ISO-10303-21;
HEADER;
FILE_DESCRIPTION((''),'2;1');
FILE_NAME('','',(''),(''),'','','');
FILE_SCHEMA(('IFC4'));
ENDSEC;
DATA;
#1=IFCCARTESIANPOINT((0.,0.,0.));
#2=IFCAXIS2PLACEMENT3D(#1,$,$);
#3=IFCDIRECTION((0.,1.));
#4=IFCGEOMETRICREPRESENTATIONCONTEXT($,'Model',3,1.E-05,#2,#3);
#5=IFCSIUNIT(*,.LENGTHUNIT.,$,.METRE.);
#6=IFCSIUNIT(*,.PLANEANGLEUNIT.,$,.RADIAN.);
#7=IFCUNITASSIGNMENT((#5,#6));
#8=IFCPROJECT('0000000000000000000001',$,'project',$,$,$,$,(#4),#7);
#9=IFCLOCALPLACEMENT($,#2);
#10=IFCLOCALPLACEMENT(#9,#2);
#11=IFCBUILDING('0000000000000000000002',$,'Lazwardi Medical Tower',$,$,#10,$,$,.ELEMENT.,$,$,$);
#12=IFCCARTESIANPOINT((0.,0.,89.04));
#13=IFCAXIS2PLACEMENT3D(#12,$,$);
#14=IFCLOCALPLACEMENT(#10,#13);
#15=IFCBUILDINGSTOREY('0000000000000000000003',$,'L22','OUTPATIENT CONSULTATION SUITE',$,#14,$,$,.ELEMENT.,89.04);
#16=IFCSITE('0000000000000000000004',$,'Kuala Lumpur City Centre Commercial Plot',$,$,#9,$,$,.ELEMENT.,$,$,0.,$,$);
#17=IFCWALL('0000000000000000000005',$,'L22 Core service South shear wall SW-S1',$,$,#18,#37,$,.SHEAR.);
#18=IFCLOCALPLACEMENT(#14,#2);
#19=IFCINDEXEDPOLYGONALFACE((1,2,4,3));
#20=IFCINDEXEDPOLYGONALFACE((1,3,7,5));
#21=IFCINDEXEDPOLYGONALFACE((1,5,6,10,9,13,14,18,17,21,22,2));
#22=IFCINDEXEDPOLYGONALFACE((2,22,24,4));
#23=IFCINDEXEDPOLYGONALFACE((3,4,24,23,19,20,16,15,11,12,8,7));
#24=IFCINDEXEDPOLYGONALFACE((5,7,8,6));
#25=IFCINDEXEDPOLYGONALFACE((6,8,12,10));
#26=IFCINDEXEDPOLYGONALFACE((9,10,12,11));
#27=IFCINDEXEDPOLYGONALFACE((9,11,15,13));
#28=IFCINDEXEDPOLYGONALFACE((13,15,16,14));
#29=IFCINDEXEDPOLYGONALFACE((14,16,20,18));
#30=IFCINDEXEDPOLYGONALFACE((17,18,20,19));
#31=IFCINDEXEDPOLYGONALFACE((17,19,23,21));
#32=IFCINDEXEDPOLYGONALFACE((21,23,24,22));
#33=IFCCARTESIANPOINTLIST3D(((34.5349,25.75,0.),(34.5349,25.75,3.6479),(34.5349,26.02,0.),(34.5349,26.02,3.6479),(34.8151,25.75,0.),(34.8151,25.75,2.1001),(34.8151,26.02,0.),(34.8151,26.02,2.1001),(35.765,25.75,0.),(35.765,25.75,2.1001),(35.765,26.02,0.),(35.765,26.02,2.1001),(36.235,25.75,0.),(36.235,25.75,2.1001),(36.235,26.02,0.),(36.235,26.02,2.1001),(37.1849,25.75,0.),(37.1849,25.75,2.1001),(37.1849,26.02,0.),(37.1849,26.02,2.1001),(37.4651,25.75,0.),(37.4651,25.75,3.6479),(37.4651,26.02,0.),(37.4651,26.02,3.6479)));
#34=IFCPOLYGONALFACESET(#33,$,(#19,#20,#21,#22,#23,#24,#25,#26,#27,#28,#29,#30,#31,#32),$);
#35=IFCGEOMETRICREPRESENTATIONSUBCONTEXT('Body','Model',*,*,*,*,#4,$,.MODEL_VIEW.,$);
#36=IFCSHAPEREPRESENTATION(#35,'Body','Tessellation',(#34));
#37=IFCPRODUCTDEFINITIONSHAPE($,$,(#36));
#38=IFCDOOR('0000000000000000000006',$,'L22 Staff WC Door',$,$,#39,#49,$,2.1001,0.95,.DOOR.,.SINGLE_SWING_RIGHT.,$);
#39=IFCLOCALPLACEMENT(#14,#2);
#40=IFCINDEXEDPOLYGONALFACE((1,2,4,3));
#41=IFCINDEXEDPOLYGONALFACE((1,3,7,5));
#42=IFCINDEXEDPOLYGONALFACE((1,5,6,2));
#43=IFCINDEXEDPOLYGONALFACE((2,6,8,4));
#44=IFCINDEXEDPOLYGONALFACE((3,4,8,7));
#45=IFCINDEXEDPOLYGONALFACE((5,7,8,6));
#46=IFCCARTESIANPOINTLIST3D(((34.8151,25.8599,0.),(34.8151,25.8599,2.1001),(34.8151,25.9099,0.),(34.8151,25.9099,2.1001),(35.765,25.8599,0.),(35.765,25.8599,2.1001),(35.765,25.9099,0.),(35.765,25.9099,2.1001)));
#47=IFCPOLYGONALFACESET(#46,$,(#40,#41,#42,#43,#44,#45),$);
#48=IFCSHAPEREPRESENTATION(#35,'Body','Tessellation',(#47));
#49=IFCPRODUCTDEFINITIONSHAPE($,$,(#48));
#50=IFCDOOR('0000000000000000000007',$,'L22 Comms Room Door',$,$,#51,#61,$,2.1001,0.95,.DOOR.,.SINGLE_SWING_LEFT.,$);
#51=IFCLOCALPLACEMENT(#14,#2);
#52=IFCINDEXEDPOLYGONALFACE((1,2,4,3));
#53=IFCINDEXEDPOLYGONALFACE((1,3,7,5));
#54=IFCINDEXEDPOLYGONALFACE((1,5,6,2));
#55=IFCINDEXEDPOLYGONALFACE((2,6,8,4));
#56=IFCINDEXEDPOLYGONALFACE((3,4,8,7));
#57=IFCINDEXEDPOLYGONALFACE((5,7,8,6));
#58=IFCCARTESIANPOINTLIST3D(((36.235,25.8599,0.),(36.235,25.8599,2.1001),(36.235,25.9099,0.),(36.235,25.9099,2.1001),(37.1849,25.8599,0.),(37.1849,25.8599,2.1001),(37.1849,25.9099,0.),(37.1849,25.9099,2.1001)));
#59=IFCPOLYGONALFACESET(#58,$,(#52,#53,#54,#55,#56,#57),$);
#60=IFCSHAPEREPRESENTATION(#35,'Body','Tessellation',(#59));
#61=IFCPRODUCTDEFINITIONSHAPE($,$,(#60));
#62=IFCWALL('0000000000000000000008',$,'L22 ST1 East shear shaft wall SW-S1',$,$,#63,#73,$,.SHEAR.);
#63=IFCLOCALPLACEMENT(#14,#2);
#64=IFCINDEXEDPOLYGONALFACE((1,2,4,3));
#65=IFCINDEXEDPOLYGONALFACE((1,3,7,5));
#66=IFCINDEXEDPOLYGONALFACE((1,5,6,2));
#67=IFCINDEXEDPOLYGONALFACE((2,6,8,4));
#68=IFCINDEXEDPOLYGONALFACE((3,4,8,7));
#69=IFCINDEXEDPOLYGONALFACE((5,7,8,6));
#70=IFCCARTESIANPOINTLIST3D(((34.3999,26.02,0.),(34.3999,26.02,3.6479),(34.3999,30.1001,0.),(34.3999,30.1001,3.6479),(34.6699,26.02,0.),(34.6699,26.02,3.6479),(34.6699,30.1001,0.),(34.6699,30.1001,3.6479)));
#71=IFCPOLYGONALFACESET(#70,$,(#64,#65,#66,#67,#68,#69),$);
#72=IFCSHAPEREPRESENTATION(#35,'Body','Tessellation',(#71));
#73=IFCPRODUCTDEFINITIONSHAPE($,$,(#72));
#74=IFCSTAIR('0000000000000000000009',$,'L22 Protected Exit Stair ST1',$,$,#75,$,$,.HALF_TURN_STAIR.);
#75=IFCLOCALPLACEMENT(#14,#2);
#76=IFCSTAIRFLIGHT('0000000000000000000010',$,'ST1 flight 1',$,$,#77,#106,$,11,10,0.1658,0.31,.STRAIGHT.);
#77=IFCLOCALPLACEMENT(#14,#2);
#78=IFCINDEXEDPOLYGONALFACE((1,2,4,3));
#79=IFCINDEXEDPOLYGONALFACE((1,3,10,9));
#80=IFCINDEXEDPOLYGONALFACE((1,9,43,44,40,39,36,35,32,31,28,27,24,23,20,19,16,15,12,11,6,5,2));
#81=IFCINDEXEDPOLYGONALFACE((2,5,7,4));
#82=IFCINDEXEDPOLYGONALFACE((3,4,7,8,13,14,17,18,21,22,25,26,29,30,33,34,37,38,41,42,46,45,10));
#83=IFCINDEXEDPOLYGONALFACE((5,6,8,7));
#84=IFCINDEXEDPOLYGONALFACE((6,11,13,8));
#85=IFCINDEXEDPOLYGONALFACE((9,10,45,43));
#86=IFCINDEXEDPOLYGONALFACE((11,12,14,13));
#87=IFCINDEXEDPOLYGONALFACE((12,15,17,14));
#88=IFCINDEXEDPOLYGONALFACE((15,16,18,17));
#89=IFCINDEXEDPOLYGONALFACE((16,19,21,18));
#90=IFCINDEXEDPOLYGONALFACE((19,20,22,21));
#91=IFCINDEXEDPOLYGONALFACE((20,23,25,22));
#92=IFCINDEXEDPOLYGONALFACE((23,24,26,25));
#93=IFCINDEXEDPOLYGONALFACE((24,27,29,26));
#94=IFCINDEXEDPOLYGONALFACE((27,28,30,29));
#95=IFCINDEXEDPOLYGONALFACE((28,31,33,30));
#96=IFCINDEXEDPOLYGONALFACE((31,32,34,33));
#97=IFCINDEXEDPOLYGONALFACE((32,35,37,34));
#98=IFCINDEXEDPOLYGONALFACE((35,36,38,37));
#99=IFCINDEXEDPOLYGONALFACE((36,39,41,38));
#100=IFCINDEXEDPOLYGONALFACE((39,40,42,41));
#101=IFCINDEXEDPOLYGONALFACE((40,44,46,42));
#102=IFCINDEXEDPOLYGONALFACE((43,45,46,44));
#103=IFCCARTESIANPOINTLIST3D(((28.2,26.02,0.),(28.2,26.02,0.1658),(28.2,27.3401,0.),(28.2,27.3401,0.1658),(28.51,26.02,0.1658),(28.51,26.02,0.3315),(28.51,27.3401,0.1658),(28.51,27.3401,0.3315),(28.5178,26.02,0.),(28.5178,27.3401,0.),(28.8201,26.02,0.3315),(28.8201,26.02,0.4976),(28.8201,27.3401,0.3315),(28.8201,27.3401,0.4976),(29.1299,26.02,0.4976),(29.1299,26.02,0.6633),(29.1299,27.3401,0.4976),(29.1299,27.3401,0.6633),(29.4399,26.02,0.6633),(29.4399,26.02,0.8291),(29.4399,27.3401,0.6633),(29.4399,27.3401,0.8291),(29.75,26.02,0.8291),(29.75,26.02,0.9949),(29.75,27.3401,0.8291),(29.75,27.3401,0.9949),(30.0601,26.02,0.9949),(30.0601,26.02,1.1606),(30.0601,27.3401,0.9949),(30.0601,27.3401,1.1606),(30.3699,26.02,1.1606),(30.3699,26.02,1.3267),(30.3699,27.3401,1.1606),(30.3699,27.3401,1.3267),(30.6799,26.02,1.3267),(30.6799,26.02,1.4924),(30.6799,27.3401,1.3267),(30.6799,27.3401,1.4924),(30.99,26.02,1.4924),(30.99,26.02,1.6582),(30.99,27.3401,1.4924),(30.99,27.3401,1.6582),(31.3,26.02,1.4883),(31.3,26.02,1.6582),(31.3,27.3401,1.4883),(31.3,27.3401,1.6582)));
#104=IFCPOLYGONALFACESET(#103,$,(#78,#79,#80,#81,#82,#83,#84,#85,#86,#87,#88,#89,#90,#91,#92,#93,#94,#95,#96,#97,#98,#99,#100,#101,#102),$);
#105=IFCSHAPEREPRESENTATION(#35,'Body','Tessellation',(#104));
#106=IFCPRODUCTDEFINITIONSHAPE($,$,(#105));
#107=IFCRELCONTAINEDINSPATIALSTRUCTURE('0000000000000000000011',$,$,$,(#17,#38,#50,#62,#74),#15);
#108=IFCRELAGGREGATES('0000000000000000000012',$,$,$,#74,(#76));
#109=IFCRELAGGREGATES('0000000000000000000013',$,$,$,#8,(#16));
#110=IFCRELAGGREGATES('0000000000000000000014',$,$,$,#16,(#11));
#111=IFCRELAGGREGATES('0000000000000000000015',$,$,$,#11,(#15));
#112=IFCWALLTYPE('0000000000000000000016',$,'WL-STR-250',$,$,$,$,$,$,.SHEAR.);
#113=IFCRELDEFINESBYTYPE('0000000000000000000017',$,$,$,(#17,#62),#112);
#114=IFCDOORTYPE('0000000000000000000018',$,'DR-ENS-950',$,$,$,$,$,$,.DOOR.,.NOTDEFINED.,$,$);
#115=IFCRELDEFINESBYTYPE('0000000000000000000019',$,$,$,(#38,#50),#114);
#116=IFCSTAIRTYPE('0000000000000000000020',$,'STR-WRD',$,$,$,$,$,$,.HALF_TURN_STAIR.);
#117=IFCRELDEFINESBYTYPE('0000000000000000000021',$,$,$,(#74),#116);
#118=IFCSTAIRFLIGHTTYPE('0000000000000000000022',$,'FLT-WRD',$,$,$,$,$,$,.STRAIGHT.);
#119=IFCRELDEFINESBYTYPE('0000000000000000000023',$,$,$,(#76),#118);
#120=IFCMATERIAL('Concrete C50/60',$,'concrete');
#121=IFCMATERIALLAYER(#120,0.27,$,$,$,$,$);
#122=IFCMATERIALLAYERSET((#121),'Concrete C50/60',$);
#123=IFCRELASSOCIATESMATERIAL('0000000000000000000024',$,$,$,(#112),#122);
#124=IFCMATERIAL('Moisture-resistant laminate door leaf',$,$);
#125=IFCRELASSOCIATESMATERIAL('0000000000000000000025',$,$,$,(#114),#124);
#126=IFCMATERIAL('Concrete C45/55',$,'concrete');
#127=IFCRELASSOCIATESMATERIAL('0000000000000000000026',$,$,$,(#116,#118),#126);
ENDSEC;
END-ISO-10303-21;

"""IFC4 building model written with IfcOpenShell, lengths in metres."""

from ifc_helpers import new_model, si_unit, direction, frame, frame_2d, origin, place, context, subcontext, project, spatial, polyline, rectangle, outline, extrude, material, layer, layer_set, type_object, element, fill, aggregate, save


model = new_model("IFC4")

# Units and contexts
model_context = context("Model", 3, precision=1e-05, world=origin(), true_north=direction((0.0, 1.0)))
body_context = subcontext(model_context, "Body", "Model", "MODEL_VIEW")
ifc_project = project(units=[si_unit("LENGTHUNIT", "METRE"), si_unit("PLANEANGLEUNIT", "RADIAN")], contexts=[model_context])

# Site, building, storey
site_placement = place(None, origin())
site = spatial("IfcSite", under=ifc_project, at=site_placement, Name="Kuala Lumpur City Centre Commercial Plot", CompositionType="ELEMENT", RefElevation=0.0)
building_placement = place(site_placement, origin())
building = spatial("IfcBuilding", under=site, at=building_placement, Name="Lazwardi Medical Tower", CompositionType="ELEMENT")
storey_placement = place(building_placement, frame((0.0, 0.0, 89.04)))
storey = spatial("IfcBuildingStorey", under=building, at=storey_placement, Name="L22", Description="OUTPATIENT CONSULTATION SUITE", CompositionType="ELEMENT", Elevation=89.04)

# Shared definitions
ifc_material_1 = material(Name="Concrete C50/60", Category="concrete")
ifc_layer_1 = layer(ifc_material_1, 0.27)
ifc_layer_set_1 = layer_set([ifc_layer_1], Name="Concrete C50/60")
wall_type_1 = type_object("IfcWallType", Name="WL-STR-250", PredefinedType="SHEAR", material=ifc_layer_set_1)

# Wall, openings, doors
wall_1_placement = place(storey_placement, frame((34.5349, 25.885, 0.0), z_axis=(0.0, 0.0, 1.0), x_axis=(1.0, 0.0, 0.0)))
wall_1 = element("IfcWall", 1, at=wall_1_placement, inside=storey, type_object=wall_type_1, Name="L22 Core service South shear wall SW-S1", PredefinedType="SHEAR", context=body_context, shape_type="SweptSolid", body=[
    extrude(rectangle(XDim=2.9302, YDim=0.27, at=frame_2d((1.4651, 0.0))), origin(), (0.0, 0.0, 1.0), 3.6479),
])
opening_1_placement = place(wall_1_placement, frame((0.28, 0.0, 0.0)))
opening_1 = element("IfcOpeningElement", 2, at=opening_1_placement, cuts=wall_1, PredefinedType="OPENING", context=body_context, shape_type="SweptSolid", body=[
    extrude(rectangle(XDim=0.95, YDim=2.1001, at=frame_2d((0.4751, 1.05))), frame((0.0, 0.145, 0.0), z_axis=(0.0, -1.0, 0.0), x_axis=(1.0, 0.0, 0.0)), (0.0, 0.0, 1.0), 0.29),
])
opening_2_placement = place(wall_1_placement, frame((1.7, 0.0, 0.0)))
opening_2 = element("IfcOpeningElement", 3, at=opening_2_placement, cuts=wall_1, PredefinedType="OPENING", context=body_context, shape_type="SweptSolid", body=[
    extrude(rectangle(XDim=0.95, YDim=2.1001, at=frame_2d((0.4751, 1.05))), frame((0.0, 0.145, 0.0), z_axis=(0.0, -1.0, 0.0), x_axis=(1.0, 0.0, 0.0)), (0.0, 0.0, 1.0), 0.29),
])
ifc_material_2 = material(Name="Moisture-resistant laminate door leaf")
door_type_1 = type_object("IfcDoorType", Name="DR-ENS-950", OperationType="NOTDEFINED", PredefinedType="DOOR", material=ifc_material_2)
door_1_placement = place(opening_1_placement, origin())
door_1 = element("IfcDoor", 4, at=door_1_placement, inside=storey, type_object=door_type_1, Name="L22 Staff WC Door", OperationType="SINGLE_SWING_RIGHT", OverallHeight=2.1001, OverallWidth=0.95, PredefinedType="DOOR", context=body_context, shape_type="SweptSolid", body=[
    extrude(rectangle(XDim=0.95, YDim=2.1001, at=frame_2d((0.4751, 1.05))), frame((0.0, 0.0249, 0.0), z_axis=(0.0, -1.0, 0.0), x_axis=(1.0, 0.0, 0.0)), (0.0, 0.0, 1.0), 0.05),
])
fill(opening_1, door_1)
door_2_placement = place(opening_2_placement, origin())
door_2 = element("IfcDoor", 5, at=door_2_placement, inside=storey, type_object=door_type_1, Name="L22 Comms Room Door", OperationType="SINGLE_SWING_LEFT", OverallHeight=2.1001, OverallWidth=0.95, PredefinedType="DOOR", context=body_context, shape_type="SweptSolid", body=[
    extrude(rectangle(XDim=0.95, YDim=2.1001, at=frame_2d((0.4751, 1.05))), frame((0.0, 0.0249, 0.0), z_axis=(0.0, -1.0, 0.0), x_axis=(1.0, 0.0, 0.0)), (0.0, 0.0, 1.0), 0.05),
])
fill(opening_2, door_2)

# Wall
wall_2_placement = place(storey_placement, frame((34.5349, 26.02, 0.0), z_axis=(0.0, 0.0, 1.0), x_axis=(0.0, 1.0, 0.0)))
element("IfcWall", 6, at=wall_2_placement, inside=storey, type_object=wall_type_1, Name="L22 ST1 East shear shaft wall SW-S1", PredefinedType="SHEAR", context=body_context, shape_type="SweptSolid", body=[
    extrude(rectangle(XDim=4.0801, YDim=0.27, at=frame_2d((2.04, 0.0))), origin(), (0.0, 0.0, 1.0), 3.6479),
])

# Stair, stair flight
ifc_material_3 = material(Name="Concrete C45/55", Category="concrete")
stair_type = type_object("IfcStairType", Name="STR-WRD", PredefinedType="HALF_TURN_STAIR", material=ifc_material_3)
stair_placement = place(storey_placement, origin())
stair = element("IfcStair", 7, at=stair_placement, inside=storey, type_object=stair_type, Name="L22 Protected Exit Stair ST1", PredefinedType="HALF_TURN_STAIR")
stair_flight_type = type_object("IfcStairFlightType", Name="FLT-WRD", PredefinedType="STRAIGHT", material=ifc_material_3)
stair_flight_placement = place(storey_placement, frame((28.2, 26.6799, 0.0), z_axis=(0.0, 0.0, 1.0), x_axis=(1.0, 0.0, 0.0)))
stair_flight = element("IfcStairFlight", 8, at=stair_flight_placement, type_object=stair_flight_type, Name="ST1 flight 1", NumberOfRisers=11, NumberOfTreads=10, PredefinedType="STRAIGHT", RiserHeight=0.1658, TreadLength=0.31, context=body_context, shape_type="SweptSolid", body=[
    extrude(outline(polyline([(0.0, 0.0), (0.0, 0.1658), (0.3101, 0.1658), (0.3101, 0.3315), (0.6201, 0.3315), (0.6201, 0.4976), (0.9299, 0.4976), (0.9299, 0.6633), (1.24, 0.6633), (1.24, 0.8291), (1.55, 0.8291), (1.55, 0.9949), (1.8601, 0.9949), (1.8601, 1.1606), (2.1699, 1.1606), (2.1699, 1.3267), (2.48, 1.3267), (2.48, 1.4924), (2.79, 1.4924), (2.79, 1.6582), (3.1001, 1.6582), (3.1001, 1.824), (3.1001, 1.4883), (0.3179, 0.0), (0.0, 0.0)])), frame((0.0, 0.6602, 0.0), z_axis=(0.0, -1.0, 0.0), x_axis=(1.0, 0.0, 0.0)), (0.0, 0.0, 1.0), 1.3201),
])
aggregate(stair, [stair_flight])

save(model, "model.ifc")
